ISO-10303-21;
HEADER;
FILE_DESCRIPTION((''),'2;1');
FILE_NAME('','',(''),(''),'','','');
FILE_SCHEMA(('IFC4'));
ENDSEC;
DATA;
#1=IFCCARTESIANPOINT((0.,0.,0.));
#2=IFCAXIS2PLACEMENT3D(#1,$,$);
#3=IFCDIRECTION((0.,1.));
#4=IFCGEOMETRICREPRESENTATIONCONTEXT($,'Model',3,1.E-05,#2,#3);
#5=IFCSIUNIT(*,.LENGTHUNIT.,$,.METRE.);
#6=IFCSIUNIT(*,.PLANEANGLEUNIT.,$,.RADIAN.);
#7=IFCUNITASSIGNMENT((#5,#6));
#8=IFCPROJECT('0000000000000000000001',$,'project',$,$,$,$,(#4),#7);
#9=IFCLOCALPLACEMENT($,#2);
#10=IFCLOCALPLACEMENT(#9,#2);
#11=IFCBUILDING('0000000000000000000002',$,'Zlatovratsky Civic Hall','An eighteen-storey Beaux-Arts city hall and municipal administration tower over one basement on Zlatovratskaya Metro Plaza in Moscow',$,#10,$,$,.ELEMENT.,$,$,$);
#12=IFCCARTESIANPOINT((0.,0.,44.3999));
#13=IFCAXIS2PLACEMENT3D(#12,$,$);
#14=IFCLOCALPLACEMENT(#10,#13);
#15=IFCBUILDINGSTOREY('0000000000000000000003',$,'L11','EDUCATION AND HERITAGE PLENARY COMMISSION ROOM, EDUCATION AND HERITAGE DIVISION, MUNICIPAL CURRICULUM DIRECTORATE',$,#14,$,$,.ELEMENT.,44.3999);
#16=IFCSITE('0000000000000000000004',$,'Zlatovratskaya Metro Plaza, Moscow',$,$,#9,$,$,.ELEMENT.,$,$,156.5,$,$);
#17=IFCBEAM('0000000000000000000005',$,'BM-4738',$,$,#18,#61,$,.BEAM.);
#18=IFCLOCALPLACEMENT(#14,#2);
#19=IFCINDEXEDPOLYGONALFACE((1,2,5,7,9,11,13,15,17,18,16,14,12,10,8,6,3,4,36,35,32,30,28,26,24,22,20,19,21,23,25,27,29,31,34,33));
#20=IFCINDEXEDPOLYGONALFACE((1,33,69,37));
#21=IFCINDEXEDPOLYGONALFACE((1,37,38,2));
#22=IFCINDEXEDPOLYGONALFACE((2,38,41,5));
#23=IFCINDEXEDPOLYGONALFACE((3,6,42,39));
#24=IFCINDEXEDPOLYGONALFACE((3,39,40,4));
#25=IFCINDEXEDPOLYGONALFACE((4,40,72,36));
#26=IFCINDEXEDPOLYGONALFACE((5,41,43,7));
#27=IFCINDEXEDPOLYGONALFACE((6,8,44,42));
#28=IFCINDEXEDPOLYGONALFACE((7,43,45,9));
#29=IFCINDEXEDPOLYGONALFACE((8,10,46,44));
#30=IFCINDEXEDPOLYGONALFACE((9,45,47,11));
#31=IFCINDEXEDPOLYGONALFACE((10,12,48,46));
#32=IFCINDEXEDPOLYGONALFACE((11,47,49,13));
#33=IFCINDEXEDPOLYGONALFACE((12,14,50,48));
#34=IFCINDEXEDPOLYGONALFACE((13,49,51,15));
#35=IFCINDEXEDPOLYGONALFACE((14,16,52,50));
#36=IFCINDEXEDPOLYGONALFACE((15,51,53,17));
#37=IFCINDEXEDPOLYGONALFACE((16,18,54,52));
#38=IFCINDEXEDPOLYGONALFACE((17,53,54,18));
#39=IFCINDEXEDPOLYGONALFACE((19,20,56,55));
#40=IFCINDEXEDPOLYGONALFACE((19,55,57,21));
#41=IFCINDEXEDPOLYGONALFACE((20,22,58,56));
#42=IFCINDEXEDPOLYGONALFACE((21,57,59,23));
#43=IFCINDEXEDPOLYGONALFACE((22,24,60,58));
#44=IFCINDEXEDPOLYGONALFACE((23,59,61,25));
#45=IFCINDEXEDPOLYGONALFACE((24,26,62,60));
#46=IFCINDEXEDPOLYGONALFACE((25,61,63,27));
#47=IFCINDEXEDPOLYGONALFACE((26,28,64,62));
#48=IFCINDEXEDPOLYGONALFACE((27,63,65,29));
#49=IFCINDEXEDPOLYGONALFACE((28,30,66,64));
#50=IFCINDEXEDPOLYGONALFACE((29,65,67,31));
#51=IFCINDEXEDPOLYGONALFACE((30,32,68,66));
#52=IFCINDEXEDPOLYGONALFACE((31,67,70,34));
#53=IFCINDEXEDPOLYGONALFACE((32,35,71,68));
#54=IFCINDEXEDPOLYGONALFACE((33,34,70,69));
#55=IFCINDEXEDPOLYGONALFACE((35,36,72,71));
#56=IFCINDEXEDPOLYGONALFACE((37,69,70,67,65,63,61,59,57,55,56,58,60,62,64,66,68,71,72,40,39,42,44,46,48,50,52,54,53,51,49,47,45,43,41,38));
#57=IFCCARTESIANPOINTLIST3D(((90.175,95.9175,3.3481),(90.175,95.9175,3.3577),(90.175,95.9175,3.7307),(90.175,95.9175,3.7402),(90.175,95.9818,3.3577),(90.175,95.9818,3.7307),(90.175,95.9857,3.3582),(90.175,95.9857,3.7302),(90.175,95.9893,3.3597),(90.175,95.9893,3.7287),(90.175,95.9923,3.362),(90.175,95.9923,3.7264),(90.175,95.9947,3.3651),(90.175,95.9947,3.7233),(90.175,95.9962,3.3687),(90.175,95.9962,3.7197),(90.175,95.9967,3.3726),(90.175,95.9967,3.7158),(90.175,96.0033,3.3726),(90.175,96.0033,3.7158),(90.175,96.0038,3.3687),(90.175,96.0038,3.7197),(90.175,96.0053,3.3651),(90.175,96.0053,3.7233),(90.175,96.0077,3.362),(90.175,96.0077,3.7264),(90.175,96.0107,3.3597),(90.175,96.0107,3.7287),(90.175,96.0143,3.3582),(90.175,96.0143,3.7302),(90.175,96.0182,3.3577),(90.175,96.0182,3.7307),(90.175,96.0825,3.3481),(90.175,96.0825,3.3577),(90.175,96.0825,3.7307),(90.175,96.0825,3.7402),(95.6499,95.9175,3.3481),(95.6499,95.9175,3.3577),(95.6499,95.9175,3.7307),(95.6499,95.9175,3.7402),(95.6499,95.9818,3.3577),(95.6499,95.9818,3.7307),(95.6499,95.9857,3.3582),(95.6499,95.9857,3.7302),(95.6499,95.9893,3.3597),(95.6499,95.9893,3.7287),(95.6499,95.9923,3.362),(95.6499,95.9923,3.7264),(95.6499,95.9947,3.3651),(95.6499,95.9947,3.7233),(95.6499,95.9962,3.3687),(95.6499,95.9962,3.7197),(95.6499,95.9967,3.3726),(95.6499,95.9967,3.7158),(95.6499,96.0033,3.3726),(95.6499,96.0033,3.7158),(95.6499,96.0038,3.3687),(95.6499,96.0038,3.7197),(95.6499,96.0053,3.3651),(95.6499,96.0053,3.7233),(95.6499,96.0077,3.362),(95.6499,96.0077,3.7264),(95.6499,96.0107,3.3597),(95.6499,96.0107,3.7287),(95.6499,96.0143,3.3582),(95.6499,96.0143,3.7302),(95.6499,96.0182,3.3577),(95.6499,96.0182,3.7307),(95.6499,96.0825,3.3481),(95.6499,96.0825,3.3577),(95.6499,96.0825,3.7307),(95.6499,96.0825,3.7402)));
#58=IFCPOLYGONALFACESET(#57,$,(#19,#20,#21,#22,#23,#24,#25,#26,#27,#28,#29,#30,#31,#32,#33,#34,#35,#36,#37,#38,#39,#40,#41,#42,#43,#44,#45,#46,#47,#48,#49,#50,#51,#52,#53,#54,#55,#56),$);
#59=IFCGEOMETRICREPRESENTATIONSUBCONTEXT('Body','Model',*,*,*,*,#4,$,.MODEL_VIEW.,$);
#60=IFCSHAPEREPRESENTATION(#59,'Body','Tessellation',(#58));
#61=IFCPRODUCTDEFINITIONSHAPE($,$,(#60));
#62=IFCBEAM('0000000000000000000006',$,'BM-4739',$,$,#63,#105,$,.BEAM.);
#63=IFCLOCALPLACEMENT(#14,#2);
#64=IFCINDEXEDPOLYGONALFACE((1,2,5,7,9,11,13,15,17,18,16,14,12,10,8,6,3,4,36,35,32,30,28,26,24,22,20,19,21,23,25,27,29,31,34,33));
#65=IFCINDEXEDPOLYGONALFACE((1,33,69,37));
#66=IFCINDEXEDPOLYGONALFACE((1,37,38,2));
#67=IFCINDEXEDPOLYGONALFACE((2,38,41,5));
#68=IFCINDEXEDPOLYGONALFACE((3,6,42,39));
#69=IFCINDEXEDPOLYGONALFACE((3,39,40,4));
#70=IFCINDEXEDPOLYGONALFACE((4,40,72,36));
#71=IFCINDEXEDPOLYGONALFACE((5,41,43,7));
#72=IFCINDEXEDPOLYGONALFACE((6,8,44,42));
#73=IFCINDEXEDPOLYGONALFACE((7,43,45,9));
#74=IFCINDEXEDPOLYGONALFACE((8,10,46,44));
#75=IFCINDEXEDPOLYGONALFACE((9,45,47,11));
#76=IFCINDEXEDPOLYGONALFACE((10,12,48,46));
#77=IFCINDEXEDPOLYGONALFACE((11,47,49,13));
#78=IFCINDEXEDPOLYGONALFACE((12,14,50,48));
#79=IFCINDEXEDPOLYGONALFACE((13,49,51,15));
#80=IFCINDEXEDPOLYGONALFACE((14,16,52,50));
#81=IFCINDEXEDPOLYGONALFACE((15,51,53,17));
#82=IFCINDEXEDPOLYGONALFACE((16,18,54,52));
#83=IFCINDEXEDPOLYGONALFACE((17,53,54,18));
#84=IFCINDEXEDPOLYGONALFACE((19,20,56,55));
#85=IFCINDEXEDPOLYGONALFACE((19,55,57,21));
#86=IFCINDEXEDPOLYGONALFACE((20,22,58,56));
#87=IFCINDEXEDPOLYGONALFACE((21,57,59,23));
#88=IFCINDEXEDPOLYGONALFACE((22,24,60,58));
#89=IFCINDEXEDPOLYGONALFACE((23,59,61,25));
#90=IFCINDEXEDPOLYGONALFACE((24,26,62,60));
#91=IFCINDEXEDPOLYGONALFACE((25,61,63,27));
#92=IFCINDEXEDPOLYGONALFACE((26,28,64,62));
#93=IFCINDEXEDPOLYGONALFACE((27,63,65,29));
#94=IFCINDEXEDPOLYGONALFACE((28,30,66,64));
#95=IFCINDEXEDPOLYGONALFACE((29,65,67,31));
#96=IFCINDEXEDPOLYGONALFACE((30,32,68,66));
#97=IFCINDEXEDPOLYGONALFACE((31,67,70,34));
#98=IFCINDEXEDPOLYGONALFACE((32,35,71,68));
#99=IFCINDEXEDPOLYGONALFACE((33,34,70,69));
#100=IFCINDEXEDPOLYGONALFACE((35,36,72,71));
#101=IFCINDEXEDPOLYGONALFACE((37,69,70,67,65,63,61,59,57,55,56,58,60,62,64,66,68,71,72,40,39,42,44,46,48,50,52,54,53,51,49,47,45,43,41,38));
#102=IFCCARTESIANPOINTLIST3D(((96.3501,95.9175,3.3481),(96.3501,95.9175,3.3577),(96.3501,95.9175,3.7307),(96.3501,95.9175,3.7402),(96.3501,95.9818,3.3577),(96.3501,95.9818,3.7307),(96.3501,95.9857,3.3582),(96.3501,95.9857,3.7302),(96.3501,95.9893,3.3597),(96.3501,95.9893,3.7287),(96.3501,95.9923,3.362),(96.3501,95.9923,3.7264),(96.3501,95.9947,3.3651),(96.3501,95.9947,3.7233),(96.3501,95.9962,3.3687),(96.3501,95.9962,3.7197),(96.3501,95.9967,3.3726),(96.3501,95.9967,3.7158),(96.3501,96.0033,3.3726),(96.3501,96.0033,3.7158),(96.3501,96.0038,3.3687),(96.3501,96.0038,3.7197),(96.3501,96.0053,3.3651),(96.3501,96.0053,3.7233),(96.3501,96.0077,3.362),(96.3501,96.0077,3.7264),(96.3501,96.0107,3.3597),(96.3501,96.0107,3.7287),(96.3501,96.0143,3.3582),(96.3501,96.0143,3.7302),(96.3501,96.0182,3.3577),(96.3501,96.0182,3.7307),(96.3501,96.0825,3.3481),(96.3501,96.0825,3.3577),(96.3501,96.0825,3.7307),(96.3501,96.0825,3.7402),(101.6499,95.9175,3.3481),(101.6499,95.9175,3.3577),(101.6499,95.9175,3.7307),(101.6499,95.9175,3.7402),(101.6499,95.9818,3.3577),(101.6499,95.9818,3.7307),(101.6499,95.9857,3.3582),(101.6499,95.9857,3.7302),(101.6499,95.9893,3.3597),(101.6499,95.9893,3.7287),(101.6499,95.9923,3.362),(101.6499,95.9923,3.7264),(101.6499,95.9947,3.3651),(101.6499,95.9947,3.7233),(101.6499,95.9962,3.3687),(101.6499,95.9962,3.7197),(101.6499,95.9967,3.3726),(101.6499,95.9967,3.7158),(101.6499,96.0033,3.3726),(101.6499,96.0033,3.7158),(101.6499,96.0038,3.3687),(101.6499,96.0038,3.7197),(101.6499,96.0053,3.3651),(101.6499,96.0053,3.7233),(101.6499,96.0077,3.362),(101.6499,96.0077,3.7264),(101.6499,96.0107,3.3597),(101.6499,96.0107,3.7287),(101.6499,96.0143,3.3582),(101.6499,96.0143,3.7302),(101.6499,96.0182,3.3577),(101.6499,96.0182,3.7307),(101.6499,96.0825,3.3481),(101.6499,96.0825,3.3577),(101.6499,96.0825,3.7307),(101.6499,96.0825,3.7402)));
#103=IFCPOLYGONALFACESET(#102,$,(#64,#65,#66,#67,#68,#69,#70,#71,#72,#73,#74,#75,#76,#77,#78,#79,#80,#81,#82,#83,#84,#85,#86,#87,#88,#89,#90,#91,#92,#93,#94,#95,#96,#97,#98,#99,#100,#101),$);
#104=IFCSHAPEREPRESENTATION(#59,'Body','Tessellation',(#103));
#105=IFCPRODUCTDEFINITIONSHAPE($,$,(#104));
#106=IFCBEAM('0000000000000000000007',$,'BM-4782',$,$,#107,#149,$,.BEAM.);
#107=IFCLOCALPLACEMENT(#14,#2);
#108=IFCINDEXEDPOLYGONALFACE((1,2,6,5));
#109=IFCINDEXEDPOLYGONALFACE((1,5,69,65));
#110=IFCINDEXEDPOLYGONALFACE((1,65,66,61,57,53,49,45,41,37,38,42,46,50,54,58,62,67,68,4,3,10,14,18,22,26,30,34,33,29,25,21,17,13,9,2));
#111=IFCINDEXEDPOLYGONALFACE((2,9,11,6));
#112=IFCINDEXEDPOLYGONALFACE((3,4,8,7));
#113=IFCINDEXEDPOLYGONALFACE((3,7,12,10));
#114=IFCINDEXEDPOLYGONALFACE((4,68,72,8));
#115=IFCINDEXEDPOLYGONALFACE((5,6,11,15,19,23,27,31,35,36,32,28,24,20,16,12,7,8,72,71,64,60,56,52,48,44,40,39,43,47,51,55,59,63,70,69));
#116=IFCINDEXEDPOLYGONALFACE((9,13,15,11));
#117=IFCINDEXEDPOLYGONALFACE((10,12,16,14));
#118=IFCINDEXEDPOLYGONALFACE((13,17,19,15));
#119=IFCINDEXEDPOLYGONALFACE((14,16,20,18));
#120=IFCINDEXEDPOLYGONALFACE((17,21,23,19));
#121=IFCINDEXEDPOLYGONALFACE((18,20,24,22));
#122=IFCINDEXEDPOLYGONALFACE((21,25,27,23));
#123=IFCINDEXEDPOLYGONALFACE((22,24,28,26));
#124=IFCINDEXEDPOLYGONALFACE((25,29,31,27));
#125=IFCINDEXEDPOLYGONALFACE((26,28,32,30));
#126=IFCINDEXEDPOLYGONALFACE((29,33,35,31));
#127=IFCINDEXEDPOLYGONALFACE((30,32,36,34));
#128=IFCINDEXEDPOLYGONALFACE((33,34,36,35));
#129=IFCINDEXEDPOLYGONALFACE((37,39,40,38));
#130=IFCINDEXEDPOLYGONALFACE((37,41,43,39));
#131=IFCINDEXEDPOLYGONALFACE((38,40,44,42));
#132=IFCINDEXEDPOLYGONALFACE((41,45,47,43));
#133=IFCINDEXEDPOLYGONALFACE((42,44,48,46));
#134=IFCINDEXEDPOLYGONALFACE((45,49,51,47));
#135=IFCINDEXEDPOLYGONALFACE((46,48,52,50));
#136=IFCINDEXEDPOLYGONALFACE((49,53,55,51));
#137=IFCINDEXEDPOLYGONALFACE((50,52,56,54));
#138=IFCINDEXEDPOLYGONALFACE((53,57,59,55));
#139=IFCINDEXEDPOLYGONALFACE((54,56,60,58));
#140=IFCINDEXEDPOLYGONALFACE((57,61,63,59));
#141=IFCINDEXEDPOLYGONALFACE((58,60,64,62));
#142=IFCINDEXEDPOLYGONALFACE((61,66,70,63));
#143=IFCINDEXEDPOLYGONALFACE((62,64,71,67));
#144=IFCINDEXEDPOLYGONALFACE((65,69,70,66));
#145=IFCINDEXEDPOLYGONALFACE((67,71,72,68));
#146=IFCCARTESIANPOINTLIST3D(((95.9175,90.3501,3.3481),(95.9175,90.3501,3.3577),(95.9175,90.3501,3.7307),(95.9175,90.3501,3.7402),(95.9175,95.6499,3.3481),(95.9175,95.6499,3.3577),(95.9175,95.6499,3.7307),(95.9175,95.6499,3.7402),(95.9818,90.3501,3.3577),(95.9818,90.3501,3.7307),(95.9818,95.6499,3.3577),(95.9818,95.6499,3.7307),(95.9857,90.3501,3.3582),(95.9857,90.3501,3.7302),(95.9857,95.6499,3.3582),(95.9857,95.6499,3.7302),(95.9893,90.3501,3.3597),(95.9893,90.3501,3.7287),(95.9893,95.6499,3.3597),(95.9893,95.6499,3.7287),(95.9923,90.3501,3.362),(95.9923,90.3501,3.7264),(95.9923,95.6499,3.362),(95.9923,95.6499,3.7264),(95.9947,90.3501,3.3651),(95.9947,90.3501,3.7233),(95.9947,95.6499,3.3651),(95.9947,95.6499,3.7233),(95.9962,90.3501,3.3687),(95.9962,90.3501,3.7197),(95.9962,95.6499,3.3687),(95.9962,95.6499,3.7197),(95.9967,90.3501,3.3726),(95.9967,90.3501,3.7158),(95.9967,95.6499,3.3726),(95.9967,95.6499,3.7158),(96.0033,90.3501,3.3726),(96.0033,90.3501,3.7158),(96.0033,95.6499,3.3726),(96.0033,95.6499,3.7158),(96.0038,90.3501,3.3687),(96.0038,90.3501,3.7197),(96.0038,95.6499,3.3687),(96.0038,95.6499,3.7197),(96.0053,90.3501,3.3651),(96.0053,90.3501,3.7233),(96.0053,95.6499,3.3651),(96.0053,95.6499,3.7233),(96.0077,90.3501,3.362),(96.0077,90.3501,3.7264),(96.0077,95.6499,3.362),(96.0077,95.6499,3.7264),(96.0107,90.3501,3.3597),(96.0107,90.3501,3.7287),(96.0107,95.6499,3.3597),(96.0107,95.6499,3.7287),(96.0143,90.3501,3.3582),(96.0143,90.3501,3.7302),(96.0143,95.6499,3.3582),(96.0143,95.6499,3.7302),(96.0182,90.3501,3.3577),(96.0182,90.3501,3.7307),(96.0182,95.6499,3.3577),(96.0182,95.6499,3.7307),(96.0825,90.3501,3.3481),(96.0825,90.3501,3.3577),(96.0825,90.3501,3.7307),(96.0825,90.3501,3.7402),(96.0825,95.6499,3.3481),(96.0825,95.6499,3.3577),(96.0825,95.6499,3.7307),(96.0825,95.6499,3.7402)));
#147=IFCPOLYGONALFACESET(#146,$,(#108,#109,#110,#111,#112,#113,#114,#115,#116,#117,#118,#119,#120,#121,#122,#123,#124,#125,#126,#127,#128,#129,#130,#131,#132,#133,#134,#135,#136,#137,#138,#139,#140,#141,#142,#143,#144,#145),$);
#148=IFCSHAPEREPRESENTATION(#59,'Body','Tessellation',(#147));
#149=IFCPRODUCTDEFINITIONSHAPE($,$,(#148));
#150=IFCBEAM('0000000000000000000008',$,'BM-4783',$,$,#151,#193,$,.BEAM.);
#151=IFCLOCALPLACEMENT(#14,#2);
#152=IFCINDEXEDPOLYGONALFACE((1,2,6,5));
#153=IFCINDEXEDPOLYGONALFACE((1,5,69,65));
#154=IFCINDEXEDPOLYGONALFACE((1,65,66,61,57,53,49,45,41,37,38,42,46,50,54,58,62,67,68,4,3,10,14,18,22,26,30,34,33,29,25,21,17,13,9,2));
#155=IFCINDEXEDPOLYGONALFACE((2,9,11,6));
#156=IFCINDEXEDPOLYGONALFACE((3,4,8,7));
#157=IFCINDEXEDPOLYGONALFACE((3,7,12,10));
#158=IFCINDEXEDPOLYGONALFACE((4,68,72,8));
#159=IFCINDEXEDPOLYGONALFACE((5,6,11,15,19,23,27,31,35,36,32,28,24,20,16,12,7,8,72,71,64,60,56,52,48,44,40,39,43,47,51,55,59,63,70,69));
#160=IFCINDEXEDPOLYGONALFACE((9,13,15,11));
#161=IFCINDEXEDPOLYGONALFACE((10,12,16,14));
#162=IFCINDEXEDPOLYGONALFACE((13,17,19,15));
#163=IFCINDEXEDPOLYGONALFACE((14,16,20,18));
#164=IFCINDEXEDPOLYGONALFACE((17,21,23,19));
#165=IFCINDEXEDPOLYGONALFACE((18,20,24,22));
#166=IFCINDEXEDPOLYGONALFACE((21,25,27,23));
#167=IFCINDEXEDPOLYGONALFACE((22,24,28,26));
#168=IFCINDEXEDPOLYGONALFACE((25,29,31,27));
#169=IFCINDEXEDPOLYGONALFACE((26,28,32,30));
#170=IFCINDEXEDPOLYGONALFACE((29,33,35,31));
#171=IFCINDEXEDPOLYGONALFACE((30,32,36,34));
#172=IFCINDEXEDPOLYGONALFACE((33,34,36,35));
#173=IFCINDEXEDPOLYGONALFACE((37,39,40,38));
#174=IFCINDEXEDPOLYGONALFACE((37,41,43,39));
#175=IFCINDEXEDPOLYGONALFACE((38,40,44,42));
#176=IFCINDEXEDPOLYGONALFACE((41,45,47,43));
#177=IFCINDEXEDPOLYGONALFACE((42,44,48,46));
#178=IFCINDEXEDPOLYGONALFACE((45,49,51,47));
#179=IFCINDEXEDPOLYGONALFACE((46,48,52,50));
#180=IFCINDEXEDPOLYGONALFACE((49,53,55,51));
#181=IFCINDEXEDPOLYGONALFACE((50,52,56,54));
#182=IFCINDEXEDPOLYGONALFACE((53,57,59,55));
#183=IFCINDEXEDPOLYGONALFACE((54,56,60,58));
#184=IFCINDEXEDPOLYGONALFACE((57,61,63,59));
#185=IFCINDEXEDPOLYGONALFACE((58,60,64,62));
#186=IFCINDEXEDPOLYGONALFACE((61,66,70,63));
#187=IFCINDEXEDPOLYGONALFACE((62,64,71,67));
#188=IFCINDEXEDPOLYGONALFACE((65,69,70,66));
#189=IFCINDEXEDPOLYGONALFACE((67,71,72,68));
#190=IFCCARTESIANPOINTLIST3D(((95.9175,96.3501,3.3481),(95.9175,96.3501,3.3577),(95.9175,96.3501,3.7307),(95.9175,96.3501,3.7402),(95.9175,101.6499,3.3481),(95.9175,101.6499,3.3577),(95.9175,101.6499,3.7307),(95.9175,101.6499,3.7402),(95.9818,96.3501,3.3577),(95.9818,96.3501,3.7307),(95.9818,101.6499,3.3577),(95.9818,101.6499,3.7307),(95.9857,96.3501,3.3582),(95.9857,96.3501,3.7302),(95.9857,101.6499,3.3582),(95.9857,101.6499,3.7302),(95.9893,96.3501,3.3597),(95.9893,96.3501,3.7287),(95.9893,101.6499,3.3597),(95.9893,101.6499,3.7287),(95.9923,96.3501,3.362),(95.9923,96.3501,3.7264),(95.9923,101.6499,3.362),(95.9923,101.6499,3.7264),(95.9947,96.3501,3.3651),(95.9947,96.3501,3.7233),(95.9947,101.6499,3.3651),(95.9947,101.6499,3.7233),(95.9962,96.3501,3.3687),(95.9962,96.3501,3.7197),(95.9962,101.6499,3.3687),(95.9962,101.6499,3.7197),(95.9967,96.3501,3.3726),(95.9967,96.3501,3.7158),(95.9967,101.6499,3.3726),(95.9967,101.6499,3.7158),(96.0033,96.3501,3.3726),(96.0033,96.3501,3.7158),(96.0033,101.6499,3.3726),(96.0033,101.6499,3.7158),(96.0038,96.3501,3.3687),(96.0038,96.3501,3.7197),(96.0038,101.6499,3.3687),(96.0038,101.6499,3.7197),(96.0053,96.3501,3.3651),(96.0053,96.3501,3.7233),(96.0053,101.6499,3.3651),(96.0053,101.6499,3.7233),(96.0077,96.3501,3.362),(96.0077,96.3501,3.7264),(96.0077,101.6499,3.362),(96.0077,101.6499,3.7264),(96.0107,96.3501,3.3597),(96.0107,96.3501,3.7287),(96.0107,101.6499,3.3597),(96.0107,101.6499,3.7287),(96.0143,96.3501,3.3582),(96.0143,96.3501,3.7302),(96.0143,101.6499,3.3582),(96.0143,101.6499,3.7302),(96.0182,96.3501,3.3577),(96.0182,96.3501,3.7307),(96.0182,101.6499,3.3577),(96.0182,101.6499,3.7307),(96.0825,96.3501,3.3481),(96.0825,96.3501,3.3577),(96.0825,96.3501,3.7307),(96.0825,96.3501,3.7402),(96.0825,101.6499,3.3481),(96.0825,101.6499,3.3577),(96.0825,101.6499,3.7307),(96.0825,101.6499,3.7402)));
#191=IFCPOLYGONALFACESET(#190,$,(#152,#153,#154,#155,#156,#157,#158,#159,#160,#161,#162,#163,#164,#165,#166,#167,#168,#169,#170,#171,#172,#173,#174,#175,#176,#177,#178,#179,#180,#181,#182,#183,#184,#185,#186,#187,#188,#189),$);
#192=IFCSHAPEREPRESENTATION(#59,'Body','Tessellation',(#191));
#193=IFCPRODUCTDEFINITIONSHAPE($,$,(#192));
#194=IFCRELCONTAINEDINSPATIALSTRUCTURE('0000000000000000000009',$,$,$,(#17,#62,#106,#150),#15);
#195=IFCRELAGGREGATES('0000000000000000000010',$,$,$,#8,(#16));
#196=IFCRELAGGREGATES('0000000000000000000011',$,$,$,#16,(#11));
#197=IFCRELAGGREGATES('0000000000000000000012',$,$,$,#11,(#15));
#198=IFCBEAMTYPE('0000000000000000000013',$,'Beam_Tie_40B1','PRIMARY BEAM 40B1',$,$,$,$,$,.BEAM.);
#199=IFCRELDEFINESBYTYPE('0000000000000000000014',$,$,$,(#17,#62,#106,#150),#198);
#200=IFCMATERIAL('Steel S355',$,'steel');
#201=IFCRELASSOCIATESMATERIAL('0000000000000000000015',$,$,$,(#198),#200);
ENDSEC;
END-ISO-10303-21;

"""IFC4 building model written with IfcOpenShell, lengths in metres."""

from ifc_helpers import new_model, si_unit, direction, frame, origin, origin_2d, place, context, subcontext, project, spatial, i_section, extrude, material, material_profile, profile_set, type_object, element, save


model = new_model("IFC4")

# Units and contexts
model_context = context("Model", 3, precision=1e-05, world=origin(), true_north=direction((0.0, 1.0)))
body_context = subcontext(model_context, "Body", "Model", "MODEL_VIEW")
ifc_project = project(units=[si_unit("LENGTHUNIT", "METRE"), si_unit("PLANEANGLEUNIT", "RADIAN")], contexts=[model_context])

# Site, building, storey
site_placement = place(None, origin())
site = spatial("IfcSite", under=ifc_project, at=site_placement, Name="Zlatovratskaya Metro Plaza, Moscow", CompositionType="ELEMENT", RefElevation=156.5)
building_placement = place(site_placement, origin())
building = spatial("IfcBuilding", under=site, at=building_placement, Name="Zlatovratsky Civic Hall", Description="An eighteen-storey Beaux-Arts city hall and municipal administration tower over one basement on Zlatovratskaya Metro Plaza in Moscow", CompositionType="ELEMENT")
storey_placement = place(building_placement, frame((0.0, 0.0, 44.3999)))
storey = spatial("IfcBuildingStorey", under=building, at=storey_placement, Name="L11", Description="EDUCATION AND HERITAGE PLENARY COMMISSION ROOM, EDUCATION AND HERITAGE DIVISION, MUNICIPAL CURRICULUM DIRECTORATE", CompositionType="ELEMENT", Elevation=44.3999)

# Beams
ifc_material_1 = material(Name="Steel S355", Category="steel")
ifc_material_profile_1 = material_profile(ifc_material_1, i_section(OverallWidth=0.165, OverallDepth=0.3921, WebThickness=0.0066, FlangeThickness=0.0095, FilletRadius=0.0149, at=origin_2d()), Name="40B1")
ifc_profile_set_1 = profile_set([ifc_material_profile_1], Name="Steel S355")
beam_type_1 = type_object("IfcBeamType", Name="Beam_Tie_40B1", Description="PRIMARY BEAM 40B1", PredefinedType="BEAM", material=ifc_profile_set_1)
beam_1_placement = place(storey_placement, frame((90.175, 96.0, 3.5442), z_axis=(1.0, 0.0, 0.0), x_axis=(0.0, 1.0, 0.0)))
element("IfcBeam", 1, at=beam_1_placement, inside=storey, type_object=beam_type_1, Name="BM-4738", PredefinedType="BEAM", context=body_context, shape_type="SweptSolid", body=[
    extrude(i_section(OverallWidth=0.165, OverallDepth=0.3921, WebThickness=0.0066, FlangeThickness=0.0095, FilletRadius=0.0149, at=origin_2d()), origin(), (0.0, 0.0, 1.0), 5.4749),
])
for number, where, z_axis, x_axis, name in (
    (2, (96.3501, 96.0, 3.5442), (1.0, 0.0, 0.0), (0.0, 1.0, 0.0), "BM-4739"),
    (3, (96.0, 90.3501, 3.5442), (0.0, 1.0, 0.0), (-1.0, 0.0, 0.0), "BM-4782"),
    (4, (96.0, 96.3501, 3.5442), (0.0, 1.0, 0.0), (-1.0, 0.0, 0.0), "BM-4783"),
):
    element("IfcBeam", number, at=place(storey_placement, frame(where, z_axis=z_axis, x_axis=x_axis)), inside=storey, type_object=beam_type_1, Name=name, PredefinedType="BEAM", context=body_context, shape_type="SweptSolid", body=[
        extrude(i_section(OverallWidth=0.165, OverallDepth=0.3921, WebThickness=0.0066, FlangeThickness=0.0095, FilletRadius=0.0149, at=origin_2d()), origin(), (0.0, 0.0, 1.0), 5.2998),
    ])

save(model, "model.ifc")
